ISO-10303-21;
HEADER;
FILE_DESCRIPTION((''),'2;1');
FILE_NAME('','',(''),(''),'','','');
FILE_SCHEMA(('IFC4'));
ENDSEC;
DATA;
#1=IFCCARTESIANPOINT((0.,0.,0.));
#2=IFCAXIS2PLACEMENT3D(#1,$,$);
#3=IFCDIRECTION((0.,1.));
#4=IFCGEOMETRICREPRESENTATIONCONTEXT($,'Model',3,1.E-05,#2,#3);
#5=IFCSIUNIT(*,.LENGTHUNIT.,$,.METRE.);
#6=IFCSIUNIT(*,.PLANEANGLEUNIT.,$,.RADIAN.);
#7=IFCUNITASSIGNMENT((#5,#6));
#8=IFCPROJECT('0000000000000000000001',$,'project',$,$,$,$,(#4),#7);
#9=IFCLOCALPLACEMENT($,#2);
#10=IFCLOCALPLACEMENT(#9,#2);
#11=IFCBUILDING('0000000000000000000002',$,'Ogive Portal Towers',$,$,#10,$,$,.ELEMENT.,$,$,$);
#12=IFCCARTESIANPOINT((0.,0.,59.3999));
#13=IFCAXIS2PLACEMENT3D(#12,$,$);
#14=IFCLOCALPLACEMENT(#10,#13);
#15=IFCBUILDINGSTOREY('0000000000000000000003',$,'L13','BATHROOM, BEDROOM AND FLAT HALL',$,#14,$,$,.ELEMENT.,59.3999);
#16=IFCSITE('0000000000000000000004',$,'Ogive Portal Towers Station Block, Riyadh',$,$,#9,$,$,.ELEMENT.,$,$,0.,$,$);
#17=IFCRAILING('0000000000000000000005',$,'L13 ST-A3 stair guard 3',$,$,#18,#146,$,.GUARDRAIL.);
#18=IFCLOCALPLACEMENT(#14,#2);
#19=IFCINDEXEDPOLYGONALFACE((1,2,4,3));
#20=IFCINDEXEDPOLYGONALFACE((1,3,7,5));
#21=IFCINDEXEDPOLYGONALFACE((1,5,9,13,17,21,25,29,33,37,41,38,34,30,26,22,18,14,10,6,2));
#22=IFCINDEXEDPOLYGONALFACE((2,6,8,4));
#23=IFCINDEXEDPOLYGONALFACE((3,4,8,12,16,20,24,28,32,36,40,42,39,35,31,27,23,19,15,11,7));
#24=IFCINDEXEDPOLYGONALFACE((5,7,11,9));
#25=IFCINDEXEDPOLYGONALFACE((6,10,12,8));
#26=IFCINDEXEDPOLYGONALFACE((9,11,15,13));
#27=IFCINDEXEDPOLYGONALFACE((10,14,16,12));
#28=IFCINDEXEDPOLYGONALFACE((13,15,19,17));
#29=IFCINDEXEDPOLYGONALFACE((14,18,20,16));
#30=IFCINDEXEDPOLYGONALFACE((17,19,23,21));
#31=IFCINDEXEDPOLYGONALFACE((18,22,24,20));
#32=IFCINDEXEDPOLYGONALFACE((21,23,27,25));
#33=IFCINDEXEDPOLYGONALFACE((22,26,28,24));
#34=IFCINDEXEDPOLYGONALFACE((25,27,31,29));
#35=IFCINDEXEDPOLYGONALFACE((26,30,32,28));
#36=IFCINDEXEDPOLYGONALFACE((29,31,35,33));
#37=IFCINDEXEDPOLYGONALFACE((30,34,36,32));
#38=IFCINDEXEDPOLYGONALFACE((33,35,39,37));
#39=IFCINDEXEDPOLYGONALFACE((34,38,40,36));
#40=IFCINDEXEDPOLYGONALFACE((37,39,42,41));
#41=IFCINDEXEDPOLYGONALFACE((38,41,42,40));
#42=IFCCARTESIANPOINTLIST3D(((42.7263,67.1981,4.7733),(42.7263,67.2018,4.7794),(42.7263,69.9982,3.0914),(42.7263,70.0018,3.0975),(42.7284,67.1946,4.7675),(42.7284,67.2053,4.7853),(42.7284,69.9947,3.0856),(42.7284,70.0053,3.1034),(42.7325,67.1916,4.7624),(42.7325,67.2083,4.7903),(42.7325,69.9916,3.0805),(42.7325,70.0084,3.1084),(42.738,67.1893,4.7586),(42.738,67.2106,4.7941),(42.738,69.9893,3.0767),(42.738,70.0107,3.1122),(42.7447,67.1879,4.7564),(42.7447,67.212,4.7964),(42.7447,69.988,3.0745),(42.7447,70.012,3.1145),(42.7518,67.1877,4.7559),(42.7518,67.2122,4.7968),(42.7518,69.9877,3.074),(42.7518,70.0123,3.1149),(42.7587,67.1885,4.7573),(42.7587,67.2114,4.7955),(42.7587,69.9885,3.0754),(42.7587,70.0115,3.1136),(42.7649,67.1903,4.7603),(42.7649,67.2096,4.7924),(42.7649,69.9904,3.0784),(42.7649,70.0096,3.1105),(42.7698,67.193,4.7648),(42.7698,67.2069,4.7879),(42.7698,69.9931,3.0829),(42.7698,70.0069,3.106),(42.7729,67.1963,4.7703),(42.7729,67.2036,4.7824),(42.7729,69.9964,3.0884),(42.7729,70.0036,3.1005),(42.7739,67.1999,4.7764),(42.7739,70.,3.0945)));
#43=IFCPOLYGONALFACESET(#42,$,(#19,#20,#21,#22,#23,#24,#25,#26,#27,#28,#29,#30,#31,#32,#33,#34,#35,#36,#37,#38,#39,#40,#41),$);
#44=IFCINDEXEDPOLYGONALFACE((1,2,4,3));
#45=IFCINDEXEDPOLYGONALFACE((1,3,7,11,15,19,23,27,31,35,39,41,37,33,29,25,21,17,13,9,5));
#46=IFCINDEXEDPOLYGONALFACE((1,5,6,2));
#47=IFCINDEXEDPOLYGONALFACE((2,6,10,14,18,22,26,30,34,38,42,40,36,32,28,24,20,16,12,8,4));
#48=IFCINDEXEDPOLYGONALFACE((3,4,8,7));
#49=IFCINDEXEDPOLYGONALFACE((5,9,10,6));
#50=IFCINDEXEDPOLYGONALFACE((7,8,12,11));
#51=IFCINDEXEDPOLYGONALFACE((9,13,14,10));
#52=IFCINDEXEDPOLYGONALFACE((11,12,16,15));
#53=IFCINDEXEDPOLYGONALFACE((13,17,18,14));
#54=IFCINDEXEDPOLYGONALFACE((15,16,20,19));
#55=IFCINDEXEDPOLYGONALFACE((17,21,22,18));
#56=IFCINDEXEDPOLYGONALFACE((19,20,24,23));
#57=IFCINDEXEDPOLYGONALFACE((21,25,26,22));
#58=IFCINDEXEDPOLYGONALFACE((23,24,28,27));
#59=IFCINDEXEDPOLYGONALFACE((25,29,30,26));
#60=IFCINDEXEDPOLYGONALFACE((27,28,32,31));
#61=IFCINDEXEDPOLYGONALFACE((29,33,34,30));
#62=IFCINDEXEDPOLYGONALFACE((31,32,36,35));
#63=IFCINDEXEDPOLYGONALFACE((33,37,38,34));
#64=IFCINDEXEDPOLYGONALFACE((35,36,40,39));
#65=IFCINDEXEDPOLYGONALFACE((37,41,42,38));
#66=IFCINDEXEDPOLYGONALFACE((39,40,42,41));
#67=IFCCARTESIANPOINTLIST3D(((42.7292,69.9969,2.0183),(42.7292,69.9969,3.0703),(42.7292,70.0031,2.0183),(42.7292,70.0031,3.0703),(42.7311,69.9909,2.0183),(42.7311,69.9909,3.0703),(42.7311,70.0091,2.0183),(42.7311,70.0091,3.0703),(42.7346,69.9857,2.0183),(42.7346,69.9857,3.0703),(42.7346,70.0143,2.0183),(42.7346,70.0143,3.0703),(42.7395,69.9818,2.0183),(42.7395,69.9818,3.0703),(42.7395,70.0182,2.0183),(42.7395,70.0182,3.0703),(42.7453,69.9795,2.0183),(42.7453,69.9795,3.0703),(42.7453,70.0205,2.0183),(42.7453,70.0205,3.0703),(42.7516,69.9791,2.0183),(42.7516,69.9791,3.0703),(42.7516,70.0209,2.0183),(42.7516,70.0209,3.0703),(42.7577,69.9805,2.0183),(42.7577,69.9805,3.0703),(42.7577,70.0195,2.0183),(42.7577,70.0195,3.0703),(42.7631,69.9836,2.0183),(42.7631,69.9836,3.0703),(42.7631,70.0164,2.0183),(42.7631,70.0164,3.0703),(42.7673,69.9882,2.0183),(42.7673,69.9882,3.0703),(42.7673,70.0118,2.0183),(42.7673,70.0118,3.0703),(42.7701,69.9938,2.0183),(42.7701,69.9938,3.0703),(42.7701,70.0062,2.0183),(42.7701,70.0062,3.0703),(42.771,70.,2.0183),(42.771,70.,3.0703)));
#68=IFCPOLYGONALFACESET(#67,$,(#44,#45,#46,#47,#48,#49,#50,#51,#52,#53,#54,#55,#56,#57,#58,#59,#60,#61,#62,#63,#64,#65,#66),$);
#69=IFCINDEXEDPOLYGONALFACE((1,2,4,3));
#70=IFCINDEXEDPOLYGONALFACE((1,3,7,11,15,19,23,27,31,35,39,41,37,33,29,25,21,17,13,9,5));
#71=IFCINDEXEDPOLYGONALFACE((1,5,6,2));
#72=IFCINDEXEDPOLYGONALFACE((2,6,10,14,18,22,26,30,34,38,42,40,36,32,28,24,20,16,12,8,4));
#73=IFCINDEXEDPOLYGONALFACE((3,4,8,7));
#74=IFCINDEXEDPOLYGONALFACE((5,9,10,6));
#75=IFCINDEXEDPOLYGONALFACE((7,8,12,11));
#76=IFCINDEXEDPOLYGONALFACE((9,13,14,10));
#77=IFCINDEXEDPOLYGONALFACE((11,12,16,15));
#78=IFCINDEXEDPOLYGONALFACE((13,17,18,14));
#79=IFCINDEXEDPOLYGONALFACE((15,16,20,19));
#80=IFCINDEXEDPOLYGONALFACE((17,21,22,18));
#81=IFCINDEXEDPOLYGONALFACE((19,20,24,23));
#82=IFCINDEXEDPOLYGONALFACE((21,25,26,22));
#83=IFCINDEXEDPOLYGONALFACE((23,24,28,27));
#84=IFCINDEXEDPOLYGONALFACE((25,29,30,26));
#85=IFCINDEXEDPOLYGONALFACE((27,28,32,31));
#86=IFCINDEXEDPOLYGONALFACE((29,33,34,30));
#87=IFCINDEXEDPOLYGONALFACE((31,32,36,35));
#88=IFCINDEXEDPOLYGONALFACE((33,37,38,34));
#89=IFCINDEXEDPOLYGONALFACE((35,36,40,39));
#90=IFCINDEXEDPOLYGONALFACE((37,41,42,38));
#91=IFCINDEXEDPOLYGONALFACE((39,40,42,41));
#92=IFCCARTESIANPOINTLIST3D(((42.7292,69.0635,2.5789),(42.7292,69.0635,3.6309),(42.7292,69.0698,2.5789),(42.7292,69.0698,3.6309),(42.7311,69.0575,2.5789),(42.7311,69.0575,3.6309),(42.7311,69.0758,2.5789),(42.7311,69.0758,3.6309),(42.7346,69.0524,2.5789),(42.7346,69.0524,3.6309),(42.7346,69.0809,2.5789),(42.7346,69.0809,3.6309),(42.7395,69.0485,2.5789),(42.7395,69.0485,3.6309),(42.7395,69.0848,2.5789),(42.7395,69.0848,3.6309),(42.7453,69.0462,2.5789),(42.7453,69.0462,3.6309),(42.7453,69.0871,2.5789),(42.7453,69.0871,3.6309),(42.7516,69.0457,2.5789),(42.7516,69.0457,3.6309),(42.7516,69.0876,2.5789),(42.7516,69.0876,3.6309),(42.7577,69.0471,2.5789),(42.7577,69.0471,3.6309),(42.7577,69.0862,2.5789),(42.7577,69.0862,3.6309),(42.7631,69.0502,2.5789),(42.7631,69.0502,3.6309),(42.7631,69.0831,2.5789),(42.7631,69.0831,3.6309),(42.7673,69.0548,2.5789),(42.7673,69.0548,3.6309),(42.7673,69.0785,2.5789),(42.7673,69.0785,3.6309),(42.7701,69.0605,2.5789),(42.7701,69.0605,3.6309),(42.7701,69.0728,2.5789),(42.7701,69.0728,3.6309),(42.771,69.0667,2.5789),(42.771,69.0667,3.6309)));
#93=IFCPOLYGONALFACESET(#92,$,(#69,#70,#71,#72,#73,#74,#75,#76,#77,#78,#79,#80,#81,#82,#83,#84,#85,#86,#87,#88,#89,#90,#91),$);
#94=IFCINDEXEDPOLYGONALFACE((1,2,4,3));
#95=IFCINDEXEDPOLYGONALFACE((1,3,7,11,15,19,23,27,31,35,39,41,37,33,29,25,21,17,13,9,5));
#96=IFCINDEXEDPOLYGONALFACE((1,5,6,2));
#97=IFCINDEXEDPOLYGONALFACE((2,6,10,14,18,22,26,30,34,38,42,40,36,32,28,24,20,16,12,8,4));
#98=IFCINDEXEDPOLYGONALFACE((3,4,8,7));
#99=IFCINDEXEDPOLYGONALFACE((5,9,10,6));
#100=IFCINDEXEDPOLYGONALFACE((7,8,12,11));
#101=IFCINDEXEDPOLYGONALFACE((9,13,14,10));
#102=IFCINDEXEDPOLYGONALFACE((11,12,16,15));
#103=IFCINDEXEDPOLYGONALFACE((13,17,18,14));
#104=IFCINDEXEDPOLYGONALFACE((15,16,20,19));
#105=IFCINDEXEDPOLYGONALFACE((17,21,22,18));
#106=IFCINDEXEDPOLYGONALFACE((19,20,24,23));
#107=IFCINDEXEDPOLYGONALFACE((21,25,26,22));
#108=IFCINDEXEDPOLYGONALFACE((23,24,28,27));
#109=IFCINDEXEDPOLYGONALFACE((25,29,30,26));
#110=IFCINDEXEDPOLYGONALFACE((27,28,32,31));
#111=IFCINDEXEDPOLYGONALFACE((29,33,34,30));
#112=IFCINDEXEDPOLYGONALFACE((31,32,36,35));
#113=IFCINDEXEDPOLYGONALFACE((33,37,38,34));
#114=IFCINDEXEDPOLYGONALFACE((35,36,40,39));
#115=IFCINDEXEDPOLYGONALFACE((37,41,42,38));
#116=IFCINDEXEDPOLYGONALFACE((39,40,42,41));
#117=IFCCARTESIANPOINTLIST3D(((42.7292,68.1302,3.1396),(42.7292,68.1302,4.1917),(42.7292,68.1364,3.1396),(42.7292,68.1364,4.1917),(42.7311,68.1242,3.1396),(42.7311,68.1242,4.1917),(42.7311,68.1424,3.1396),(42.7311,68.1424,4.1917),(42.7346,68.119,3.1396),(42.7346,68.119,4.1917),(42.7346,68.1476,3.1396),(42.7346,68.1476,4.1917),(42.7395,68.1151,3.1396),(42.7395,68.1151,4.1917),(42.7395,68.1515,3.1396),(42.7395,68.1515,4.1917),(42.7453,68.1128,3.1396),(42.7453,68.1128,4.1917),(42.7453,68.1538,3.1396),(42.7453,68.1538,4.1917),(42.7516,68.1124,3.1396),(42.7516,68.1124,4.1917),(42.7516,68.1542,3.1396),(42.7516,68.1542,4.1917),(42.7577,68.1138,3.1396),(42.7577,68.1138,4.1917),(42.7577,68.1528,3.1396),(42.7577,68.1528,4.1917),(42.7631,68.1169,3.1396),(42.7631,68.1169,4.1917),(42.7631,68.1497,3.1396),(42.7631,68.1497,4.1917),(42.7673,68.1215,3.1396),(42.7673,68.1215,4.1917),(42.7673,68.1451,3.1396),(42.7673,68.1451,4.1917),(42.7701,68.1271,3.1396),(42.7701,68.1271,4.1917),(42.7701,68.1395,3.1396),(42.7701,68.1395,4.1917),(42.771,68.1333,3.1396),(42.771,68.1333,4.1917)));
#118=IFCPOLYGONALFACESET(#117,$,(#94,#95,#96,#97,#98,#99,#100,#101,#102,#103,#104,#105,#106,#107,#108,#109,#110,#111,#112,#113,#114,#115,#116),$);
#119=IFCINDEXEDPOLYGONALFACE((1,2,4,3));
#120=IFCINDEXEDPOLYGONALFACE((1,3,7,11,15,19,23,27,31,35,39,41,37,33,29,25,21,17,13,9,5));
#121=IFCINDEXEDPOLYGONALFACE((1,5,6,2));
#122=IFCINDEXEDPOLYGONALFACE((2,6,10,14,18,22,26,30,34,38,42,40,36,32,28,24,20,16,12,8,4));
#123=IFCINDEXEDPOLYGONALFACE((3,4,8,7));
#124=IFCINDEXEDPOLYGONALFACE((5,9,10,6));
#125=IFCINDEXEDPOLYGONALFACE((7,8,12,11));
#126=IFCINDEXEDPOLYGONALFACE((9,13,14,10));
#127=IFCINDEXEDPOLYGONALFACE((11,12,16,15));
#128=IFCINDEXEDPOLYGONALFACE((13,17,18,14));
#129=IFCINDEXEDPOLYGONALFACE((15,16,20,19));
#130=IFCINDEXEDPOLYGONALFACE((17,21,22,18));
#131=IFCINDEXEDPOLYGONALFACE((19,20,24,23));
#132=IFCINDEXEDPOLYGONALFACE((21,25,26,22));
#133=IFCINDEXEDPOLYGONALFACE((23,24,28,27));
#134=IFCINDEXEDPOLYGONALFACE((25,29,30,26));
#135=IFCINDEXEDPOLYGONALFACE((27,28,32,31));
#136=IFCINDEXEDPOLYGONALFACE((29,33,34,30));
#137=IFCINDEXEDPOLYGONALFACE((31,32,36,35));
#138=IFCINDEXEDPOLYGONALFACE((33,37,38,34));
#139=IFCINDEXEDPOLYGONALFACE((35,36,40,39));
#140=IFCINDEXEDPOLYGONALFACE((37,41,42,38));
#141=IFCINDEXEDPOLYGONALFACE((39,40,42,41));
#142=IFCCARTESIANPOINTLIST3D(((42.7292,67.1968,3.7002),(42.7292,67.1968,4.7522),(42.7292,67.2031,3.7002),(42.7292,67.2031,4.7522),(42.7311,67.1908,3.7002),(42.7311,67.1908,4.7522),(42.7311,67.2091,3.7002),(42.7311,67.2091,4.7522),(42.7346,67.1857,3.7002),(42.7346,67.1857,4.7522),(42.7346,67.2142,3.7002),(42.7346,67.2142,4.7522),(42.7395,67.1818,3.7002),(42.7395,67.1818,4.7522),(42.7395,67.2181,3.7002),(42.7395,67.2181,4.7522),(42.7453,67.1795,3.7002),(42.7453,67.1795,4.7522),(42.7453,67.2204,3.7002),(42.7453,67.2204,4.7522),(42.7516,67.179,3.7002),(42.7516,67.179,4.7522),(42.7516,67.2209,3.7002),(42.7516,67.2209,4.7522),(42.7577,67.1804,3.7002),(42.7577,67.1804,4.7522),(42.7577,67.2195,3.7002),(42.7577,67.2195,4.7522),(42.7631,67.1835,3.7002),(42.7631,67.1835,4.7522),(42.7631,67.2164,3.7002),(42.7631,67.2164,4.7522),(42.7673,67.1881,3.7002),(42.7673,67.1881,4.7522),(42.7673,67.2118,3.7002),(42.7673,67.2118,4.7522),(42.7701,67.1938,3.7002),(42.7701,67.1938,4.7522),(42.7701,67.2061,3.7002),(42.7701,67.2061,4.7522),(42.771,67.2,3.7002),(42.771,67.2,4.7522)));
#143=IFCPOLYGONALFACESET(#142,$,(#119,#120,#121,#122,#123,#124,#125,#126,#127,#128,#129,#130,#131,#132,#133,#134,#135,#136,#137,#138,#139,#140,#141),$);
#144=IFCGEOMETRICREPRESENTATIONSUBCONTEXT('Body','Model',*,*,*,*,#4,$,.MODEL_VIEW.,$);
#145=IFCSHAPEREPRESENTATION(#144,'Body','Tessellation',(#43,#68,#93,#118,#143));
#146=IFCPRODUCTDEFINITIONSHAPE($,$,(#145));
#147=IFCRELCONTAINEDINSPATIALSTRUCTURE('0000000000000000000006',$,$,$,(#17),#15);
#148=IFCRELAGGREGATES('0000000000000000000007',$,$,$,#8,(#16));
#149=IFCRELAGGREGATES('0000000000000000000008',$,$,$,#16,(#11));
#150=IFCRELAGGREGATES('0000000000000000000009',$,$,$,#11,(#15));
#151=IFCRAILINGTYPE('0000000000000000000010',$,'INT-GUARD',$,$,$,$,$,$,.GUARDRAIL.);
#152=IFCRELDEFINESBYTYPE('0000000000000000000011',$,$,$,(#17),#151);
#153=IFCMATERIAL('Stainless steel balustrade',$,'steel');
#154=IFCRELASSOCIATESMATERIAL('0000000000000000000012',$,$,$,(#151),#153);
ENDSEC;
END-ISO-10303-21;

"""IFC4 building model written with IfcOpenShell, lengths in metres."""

from ifc_helpers import new_model, si_unit, direction, frame, origin, origin_2d, place, context, subcontext, project, spatial, circle, extrude, material, type_object, element, save


model = new_model("IFC4")

# Units and contexts
model_context = context("Model", 3, precision=1e-05, world=origin(), true_north=direction((0.0, 1.0)))
body_context = subcontext(model_context, "Body", "Model", "MODEL_VIEW")
ifc_project = project(units=[si_unit("LENGTHUNIT", "METRE"), si_unit("PLANEANGLEUNIT", "RADIAN")], contexts=[model_context])

# Site, building, storey
site_placement = place(None, origin())
site = spatial("IfcSite", under=ifc_project, at=site_placement, Name="Ogive Portal Towers Station Block, Riyadh", CompositionType="ELEMENT", RefElevation=0.0)
building_placement = place(site_placement, origin())
building = spatial("IfcBuilding", under=site, at=building_placement, Name="Ogive Portal Towers", CompositionType="ELEMENT")
storey_placement = place(building_placement, frame((0.0, 0.0, 59.3999)))
storey = spatial("IfcBuildingStorey", under=building, at=storey_placement, Name="L13", Description="BATHROOM, BEDROOM AND FLAT HALL", CompositionType="ELEMENT", Elevation=59.3999)

# Railing
ifc_material_1 = material(Name="Stainless steel balustrade", Category="steel")
railing_type_1 = type_object("IfcRailingType", Name="INT-GUARD", PredefinedType="GUARDRAIL", material=ifc_material_1)
railing_1_placement = place(storey_placement, frame((42.75, 70.0, 2.0183)))
element("IfcRailing", 1, at=railing_1_placement, inside=storey, type_object=railing_type_1, Name="L13 ST-A3 stair guard 3", PredefinedType="GUARDRAIL", context=body_context, shape_type="SweptSolid", body=[
    extrude(circle(Radius=0.0239, at=origin_2d()), frame((0.0, 0.0, 1.0762), z_axis=(0.0, -0.857242, 0.514913), x_axis=(1.0, 0.0, 0.0)), (0.0, 0.0, 1.0), 3.2664),
    extrude(circle(Radius=0.021, at=origin_2d()), origin(), (0.0, 0.0, 1.0), 1.052),
    extrude(circle(Radius=0.021, at=origin_2d()), frame((0.0, -0.9333, 0.5605)), (0.0, 0.0, 1.0), 1.052),
    extrude(circle(Radius=0.021, at=origin_2d()), frame((0.0, -1.8667, 1.1213)), (0.0, 0.0, 1.0), 1.052),
    extrude(circle(Radius=0.021, at=origin_2d()), frame((0.0, -2.8, 1.6819)), (0.0, 0.0, 1.0), 1.052),
])

save(model, "model.ifc")
